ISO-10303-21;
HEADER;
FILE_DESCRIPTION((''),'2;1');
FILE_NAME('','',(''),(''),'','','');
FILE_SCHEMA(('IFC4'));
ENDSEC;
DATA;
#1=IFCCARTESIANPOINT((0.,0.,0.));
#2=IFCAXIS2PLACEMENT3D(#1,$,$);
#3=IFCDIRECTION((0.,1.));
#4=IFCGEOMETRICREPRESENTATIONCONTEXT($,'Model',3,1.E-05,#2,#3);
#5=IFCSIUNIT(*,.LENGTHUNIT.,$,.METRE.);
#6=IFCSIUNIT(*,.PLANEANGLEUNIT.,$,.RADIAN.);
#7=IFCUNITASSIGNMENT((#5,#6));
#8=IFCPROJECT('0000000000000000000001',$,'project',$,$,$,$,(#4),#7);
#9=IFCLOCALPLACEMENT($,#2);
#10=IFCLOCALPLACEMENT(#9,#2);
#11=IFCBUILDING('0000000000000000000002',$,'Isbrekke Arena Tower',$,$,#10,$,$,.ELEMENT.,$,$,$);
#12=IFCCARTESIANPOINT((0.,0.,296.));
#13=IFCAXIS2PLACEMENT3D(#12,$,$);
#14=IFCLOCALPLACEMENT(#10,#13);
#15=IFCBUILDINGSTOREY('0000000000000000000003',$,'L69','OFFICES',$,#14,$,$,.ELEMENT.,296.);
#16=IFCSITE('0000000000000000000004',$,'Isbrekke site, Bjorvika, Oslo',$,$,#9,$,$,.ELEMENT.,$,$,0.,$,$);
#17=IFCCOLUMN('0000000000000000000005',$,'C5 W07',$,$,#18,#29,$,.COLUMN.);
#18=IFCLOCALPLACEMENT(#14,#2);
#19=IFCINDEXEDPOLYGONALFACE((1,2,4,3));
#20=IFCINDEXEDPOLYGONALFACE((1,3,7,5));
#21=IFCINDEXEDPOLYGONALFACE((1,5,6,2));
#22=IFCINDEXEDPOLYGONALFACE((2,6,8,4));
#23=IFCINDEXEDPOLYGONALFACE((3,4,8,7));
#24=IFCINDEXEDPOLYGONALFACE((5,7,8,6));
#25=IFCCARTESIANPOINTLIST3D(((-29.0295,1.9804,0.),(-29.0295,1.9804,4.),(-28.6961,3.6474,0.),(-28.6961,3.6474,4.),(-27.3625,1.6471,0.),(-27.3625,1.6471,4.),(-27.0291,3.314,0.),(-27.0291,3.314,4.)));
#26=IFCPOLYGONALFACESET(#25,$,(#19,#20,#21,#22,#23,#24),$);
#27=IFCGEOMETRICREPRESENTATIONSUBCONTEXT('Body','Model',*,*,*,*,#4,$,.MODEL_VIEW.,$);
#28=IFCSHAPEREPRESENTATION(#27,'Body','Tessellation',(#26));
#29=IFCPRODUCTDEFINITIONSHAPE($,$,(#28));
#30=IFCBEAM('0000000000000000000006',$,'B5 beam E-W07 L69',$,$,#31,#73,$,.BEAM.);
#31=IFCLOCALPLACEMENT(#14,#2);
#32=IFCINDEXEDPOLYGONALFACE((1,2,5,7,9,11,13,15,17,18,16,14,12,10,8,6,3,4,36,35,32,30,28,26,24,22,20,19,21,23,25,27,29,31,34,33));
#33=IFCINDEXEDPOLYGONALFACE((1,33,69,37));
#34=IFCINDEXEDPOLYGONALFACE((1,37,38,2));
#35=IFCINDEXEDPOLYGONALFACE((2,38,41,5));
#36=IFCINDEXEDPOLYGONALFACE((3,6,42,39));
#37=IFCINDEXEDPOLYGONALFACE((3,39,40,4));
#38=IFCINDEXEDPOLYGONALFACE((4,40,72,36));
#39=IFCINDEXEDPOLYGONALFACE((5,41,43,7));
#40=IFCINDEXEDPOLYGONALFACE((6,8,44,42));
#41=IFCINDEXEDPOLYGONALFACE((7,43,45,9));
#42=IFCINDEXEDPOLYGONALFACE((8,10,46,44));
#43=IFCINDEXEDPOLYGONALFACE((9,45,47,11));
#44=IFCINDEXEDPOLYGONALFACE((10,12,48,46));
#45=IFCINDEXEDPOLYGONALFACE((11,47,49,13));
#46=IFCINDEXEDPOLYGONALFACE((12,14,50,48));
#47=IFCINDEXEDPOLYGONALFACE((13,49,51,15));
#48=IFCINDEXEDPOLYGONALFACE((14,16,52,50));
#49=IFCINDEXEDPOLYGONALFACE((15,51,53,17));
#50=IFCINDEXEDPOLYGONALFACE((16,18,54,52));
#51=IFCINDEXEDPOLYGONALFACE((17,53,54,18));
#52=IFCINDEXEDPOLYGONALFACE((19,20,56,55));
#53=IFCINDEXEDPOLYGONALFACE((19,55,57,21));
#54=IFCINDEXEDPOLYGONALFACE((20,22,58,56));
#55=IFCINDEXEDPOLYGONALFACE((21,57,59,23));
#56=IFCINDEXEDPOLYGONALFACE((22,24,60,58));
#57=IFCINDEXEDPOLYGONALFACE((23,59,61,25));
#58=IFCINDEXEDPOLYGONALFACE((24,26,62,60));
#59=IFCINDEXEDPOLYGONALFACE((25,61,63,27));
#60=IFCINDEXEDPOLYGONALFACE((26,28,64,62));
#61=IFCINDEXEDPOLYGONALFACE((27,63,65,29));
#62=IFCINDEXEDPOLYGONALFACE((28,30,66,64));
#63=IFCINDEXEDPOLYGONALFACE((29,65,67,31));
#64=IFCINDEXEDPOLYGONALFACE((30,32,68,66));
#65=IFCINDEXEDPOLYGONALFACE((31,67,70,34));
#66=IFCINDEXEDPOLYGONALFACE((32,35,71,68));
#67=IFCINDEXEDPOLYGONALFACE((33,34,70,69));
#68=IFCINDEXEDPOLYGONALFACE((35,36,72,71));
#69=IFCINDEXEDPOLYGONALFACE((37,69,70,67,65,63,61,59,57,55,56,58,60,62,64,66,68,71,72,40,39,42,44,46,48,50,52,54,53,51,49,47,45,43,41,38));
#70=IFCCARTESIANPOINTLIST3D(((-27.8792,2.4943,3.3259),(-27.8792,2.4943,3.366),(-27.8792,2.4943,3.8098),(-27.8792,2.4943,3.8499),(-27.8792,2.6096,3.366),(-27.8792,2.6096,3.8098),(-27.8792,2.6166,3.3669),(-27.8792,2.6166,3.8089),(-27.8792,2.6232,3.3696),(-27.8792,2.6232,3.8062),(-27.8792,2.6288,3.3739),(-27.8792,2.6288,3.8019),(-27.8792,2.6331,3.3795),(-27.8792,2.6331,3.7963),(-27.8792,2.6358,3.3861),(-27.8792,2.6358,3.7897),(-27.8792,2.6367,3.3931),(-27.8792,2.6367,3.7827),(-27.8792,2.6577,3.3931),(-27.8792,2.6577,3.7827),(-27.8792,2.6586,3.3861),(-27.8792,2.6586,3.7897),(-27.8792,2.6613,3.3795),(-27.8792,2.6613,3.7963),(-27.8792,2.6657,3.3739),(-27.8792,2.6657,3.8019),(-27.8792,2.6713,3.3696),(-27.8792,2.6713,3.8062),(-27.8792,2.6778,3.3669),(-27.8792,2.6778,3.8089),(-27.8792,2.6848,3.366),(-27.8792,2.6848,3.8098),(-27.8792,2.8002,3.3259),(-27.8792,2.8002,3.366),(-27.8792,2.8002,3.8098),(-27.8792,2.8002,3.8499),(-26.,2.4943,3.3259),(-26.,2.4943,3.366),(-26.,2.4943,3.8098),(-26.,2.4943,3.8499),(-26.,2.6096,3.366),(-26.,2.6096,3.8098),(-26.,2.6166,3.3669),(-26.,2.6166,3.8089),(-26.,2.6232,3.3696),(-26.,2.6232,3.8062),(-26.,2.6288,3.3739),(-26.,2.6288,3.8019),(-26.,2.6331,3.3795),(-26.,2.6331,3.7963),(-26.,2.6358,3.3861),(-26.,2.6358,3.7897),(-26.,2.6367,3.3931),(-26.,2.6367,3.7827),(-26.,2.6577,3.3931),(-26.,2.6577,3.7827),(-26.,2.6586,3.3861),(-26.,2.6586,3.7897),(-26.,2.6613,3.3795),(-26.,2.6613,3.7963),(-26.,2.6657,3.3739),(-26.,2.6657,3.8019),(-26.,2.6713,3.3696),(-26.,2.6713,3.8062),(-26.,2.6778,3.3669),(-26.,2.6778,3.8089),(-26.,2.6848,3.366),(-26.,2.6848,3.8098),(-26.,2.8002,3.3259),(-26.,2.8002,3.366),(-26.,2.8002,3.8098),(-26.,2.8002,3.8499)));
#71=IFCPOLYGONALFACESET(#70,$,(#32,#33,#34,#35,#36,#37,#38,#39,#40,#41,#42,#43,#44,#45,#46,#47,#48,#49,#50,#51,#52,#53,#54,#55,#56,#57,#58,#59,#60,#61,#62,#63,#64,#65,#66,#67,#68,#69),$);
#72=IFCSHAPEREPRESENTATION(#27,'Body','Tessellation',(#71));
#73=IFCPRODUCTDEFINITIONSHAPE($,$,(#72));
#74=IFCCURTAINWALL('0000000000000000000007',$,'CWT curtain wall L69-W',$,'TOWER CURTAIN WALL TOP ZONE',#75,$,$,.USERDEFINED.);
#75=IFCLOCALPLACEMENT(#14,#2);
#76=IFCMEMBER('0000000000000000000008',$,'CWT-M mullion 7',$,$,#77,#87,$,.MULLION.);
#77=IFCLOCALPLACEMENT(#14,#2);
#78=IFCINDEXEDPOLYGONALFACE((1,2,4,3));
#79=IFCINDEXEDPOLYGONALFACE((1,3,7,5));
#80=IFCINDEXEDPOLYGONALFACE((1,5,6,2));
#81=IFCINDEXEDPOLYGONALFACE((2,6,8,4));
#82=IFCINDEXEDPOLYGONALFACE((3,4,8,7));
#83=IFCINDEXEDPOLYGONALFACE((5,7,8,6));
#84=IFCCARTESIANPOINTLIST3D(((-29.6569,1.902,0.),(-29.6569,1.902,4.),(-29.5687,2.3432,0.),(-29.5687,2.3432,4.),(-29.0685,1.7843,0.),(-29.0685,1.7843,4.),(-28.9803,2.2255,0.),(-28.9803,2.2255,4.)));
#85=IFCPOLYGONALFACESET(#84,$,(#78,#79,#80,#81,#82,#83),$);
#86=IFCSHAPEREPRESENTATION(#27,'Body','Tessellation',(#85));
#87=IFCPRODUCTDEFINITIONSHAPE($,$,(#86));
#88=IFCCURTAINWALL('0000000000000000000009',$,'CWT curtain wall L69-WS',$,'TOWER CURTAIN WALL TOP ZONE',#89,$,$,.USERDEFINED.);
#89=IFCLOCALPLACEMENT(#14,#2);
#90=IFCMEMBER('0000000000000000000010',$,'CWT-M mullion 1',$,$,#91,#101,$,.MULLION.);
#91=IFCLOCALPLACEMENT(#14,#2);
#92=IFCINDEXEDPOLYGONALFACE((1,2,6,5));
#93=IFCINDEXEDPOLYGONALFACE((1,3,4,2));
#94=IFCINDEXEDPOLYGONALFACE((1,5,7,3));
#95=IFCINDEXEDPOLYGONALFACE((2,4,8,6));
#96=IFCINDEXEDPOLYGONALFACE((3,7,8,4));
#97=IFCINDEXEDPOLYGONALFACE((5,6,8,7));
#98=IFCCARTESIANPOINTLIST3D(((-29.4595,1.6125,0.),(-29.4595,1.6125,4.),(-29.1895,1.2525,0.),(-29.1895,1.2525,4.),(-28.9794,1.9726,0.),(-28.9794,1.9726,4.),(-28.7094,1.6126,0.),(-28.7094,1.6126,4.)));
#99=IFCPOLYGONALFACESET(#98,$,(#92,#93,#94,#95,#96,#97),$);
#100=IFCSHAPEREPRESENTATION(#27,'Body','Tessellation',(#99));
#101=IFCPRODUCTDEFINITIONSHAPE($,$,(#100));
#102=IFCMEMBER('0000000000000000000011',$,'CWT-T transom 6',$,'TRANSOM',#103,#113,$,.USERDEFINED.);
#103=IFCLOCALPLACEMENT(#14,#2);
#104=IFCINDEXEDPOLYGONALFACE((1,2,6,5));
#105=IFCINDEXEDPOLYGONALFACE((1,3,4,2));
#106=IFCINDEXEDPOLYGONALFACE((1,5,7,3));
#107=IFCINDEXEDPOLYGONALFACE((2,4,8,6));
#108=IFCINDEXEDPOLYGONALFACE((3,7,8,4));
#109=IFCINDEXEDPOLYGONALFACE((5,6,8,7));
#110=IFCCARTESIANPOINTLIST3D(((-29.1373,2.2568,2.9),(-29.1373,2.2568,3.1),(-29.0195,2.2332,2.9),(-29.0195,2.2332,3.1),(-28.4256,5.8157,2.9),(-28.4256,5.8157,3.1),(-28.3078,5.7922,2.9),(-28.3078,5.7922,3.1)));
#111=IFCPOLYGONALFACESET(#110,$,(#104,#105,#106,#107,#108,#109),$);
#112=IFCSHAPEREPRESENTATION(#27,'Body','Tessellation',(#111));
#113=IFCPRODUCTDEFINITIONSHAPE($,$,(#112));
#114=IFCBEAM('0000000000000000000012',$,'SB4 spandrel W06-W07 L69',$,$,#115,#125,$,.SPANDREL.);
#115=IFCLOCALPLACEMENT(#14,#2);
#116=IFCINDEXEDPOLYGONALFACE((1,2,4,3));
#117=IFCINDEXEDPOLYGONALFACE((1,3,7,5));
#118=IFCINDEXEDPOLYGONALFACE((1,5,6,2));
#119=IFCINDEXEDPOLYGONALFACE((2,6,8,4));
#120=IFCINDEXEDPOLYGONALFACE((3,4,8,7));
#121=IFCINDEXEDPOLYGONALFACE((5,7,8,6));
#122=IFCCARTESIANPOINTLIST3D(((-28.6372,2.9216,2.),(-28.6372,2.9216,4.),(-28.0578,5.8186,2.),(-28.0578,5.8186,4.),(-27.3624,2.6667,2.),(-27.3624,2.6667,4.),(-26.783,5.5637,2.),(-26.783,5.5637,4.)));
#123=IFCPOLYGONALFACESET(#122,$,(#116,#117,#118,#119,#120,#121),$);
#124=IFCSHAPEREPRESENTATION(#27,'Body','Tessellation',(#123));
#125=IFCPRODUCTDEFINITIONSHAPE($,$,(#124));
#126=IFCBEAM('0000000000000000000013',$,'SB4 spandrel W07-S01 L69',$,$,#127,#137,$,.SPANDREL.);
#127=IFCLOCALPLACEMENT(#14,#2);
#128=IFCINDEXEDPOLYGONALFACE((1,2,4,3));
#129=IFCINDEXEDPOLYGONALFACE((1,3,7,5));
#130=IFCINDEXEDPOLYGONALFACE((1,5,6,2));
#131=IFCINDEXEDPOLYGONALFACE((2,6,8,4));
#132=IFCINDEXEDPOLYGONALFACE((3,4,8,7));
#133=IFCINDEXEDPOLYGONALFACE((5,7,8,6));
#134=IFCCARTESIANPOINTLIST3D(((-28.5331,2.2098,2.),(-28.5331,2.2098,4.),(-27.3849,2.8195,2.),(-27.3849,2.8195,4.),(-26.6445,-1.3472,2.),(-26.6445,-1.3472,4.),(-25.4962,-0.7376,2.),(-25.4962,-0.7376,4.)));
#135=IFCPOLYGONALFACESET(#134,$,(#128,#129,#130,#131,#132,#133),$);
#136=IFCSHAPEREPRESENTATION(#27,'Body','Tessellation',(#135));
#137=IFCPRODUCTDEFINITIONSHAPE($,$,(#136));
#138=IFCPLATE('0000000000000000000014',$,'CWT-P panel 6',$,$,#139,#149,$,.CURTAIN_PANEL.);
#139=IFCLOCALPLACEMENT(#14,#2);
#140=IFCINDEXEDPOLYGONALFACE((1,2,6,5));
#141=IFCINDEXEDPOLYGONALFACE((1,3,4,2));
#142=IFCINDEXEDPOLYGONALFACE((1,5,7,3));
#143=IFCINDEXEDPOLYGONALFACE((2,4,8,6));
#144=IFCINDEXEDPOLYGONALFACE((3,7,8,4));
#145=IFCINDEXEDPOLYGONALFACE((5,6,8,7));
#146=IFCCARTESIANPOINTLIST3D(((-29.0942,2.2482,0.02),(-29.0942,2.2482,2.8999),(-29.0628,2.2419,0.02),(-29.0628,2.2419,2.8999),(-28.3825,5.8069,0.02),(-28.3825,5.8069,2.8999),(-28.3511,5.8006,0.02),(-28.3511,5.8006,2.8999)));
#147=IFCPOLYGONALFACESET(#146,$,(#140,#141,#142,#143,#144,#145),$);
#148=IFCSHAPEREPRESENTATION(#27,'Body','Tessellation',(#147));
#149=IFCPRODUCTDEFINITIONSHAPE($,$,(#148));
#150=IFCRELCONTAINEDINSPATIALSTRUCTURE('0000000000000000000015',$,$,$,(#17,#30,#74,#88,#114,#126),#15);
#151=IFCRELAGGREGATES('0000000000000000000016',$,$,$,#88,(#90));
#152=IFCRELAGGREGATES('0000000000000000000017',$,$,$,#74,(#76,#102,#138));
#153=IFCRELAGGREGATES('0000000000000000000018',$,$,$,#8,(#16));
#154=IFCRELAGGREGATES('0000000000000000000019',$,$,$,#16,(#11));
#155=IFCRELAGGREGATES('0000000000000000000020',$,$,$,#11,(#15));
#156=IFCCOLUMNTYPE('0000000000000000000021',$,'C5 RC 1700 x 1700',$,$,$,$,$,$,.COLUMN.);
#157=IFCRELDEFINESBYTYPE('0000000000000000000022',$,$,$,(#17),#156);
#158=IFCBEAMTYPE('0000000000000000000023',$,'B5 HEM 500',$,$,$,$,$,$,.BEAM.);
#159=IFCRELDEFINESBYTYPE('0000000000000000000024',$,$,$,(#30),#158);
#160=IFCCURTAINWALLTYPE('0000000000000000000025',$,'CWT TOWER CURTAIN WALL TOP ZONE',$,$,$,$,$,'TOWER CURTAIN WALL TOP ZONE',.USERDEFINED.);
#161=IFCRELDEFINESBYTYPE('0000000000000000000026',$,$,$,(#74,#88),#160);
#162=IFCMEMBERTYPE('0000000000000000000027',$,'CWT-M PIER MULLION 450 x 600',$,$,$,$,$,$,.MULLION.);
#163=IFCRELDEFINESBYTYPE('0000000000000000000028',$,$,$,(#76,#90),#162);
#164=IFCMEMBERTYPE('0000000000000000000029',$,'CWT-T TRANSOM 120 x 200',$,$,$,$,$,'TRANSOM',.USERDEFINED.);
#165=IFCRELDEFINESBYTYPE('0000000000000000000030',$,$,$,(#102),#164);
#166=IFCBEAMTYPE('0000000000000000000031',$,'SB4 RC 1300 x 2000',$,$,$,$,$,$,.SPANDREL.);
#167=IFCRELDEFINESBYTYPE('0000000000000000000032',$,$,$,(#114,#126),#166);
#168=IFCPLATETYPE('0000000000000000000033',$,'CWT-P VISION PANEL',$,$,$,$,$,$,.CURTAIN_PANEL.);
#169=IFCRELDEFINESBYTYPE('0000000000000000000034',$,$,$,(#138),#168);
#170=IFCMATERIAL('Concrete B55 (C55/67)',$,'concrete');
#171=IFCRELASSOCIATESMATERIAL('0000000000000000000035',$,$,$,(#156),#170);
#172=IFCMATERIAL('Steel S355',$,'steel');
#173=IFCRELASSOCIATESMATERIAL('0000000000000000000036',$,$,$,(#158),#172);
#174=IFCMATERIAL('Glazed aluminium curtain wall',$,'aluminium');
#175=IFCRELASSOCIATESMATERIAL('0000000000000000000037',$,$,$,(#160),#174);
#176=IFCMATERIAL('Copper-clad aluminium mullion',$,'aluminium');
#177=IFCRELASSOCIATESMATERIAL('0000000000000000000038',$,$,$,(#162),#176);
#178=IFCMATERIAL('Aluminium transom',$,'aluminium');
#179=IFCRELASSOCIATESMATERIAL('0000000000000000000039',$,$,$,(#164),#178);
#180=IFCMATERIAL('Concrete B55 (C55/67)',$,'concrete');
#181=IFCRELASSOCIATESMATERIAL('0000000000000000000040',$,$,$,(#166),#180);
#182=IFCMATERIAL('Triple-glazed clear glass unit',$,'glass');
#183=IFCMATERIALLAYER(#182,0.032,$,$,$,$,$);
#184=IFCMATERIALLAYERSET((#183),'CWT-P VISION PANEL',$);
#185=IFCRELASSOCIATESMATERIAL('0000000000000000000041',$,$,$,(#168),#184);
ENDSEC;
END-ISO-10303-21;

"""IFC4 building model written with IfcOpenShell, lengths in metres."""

from ifc_helpers import new_model, si_unit, direction, frame, origin, origin_2d, place, context, subcontext, project, spatial, rectangle, i_section, extrude, material, layer, layer_set, material_profile, profile_set, type_object, element, aggregate, save


model = new_model("IFC4")

# Units and contexts
model_context = context("Model", 3, precision=1e-05, world=origin(), true_north=direction((0.0, 1.0)))
body_context = subcontext(model_context, "Body", "Model", "MODEL_VIEW")
ifc_project = project(units=[si_unit("LENGTHUNIT", "METRE"), si_unit("PLANEANGLEUNIT", "RADIAN")], contexts=[model_context])

# Site, building, storey
site_placement = place(None, origin())
site = spatial("IfcSite", under=ifc_project, at=site_placement, Name="Isbrekke site, Bjorvika, Oslo", CompositionType="ELEMENT", RefElevation=0.0)
building_placement = place(site_placement, origin())
building = spatial("IfcBuilding", under=site, at=building_placement, Name="Isbrekke Arena Tower", CompositionType="ELEMENT")
storey_placement = place(building_placement, frame((0.0, 0.0, 296.0)))
storey = spatial("IfcBuildingStorey", under=building, at=storey_placement, Name="L69", Description="OFFICES", CompositionType="ELEMENT", Elevation=296.0)

# Column
ifc_material_1 = material(Name="Concrete B55 (C55/67)", Category="concrete")
ifc_material_profile_1 = material_profile(ifc_material_1, rectangle(XDim=1.7, YDim=1.7, at=origin_2d()), Name="RC 1700x1700")
ifc_profile_set_1 = profile_set([ifc_material_profile_1], Name="Concrete B55 (C55/67)")
column_type = type_object("IfcColumnType", Name="C5 RC 1700 x 1700", PredefinedType="COLUMN", material=ifc_profile_set_1)
column_placement = place(storey_placement, frame((-28.0293, 2.6472, 0.0), z_axis=(0.0, 0.0, 1.0), x_axis=(-0.196116, -0.980581, 0.0)))
element("IfcColumn", 1, at=column_placement, inside=storey, type_object=column_type, Name="C5 W07", PredefinedType="COLUMN", context=body_context, shape_type="SweptSolid", body=[
    extrude(rectangle(XDim=1.7, YDim=1.7, at=origin_2d()), origin(), (0.0, 0.0, 1.0), 4.0),
])

# Beam
ifc_material_2 = material(Name="Steel S355", Category="steel")
ifc_material_profile_2 = material_profile(ifc_material_2, i_section(OverallWidth=0.3059, OverallDepth=0.5239, WebThickness=0.021, FlangeThickness=0.04, FilletRadius=0.0271, at=origin_2d()), Name="HEM 500")
ifc_profile_set_2 = profile_set([ifc_material_profile_2], Name="Steel S355")
beam_type_1 = type_object("IfcBeamType", Name="B5 HEM 500", PredefinedType="BEAM", material=ifc_profile_set_2)
beam_1_placement = place(storey_placement, frame((-27.8792, 2.6472, 3.5879), z_axis=(1.0, 0.0, 0.0), x_axis=(0.0, 1.0, 0.0)))
element("IfcBeam", 2, at=beam_1_placement, inside=storey, type_object=beam_type_1, Name="B5 beam E-W07 L69", PredefinedType="BEAM", context=body_context, shape_type="SweptSolid", body=[
    extrude(i_section(OverallWidth=0.3059, OverallDepth=0.5239, WebThickness=0.021, FlangeThickness=0.04, FilletRadius=0.0271, at=origin_2d()), origin(), (0.0, 0.0, 1.0), 1.8792),
])

# Curtain walls, members
ifc_material_3 = material(Name="Glazed aluminium curtain wall", Category="aluminium")
curtain_wall_type = type_object("IfcCurtainWallType", Name="CWT TOWER CURTAIN WALL TOP ZONE", ElementType="TOWER CURTAIN WALL TOP ZONE", PredefinedType="USERDEFINED", material=ifc_material_3)
curtain_wall_1_placement = place(storey_placement, origin())
curtain_wall_1 = element("IfcCurtainWall", 3, at=curtain_wall_1_placement, inside=storey, type_object=curtain_wall_type, Name="CWT curtain wall L69-W", ObjectType="TOWER CURTAIN WALL TOP ZONE", PredefinedType="USERDEFINED")
ifc_material_4 = material(Name="Copper-clad aluminium mullion", Category="aluminium")
ifc_material_profile_3 = material_profile(ifc_material_4, rectangle(XDim=0.45, YDim=0.6001, at=origin_2d()), Name="PIER 450X600")
ifc_profile_set_3 = profile_set([ifc_material_profile_3], Name="Copper-clad aluminium mullion")
member_type_1 = type_object("IfcMemberType", Name="CWT-M PIER MULLION 450 x 600", PredefinedType="MULLION", material=ifc_profile_set_3)
member_1_placement = place(storey_placement, frame((-29.3186, 2.0637, 0.0), z_axis=(0.0, 0.0, 1.0), x_axis=(-0.196116, -0.980581, 0.0)))
member_1 = element("IfcMember", 4, at=member_1_placement, type_object=member_type_1, Name="CWT-M mullion 7", PredefinedType="MULLION", context=body_context, shape_type="SweptSolid", body=[
    extrude(rectangle(XDim=0.45, YDim=0.6001, at=origin_2d()), origin(), (0.0, 0.0, 1.0), 4.0),
])
curtain_wall_2_placement = place(storey_placement, origin())
curtain_wall_2 = element("IfcCurtainWall", 5, at=curtain_wall_2_placement, inside=storey, type_object=curtain_wall_type, Name="CWT curtain wall L69-WS", ObjectType="TOWER CURTAIN WALL TOP ZONE", PredefinedType="USERDEFINED")
member_2_placement = place(storey_placement, frame((-29.0845, 1.6125, 0.0), z_axis=(0.0, 0.0, 1.0), x_axis=(0.6, -0.8, 0.0)))
member_2 = element("IfcMember", 6, at=member_2_placement, type_object=member_type_1, Name="CWT-M mullion 1", PredefinedType="MULLION", context=body_context, shape_type="SweptSolid", body=[
    extrude(rectangle(XDim=0.45, YDim=0.6001, at=origin_2d()), origin(), (0.0, 0.0, 1.0), 4.0),
])
aggregate(curtain_wall_2, [member_2])

# Member
ifc_material_5 = material(Name="Aluminium transom", Category="aluminium")
ifc_material_profile_4 = material_profile(ifc_material_5, rectangle(XDim=0.1201, YDim=0.2, at=origin_2d()), Name="TRANSOM 120X200")
ifc_profile_set_4 = profile_set([ifc_material_profile_4], Name="Aluminium transom")
member_type_2 = type_object("IfcMemberType", Name="CWT-T TRANSOM 120 x 200", ElementType="TRANSOM", PredefinedType="USERDEFINED", material=ifc_profile_set_4)
member_3_placement = place(storey_placement, frame((-28.3667, 5.804, 3.0), z_axis=(-0.19609, -0.980586, 0.0), x_axis=(0.980586, -0.19609, 0.0)))
member_3 = element("IfcMember", 7, at=member_3_placement, type_object=member_type_2, Name="CWT-T transom 6", ObjectType="TRANSOM", PredefinedType="USERDEFINED", context=body_context, shape_type="SweptSolid", body=[
    extrude(rectangle(XDim=0.1201, YDim=0.2, at=origin_2d()), origin(), (0.0, 0.0, 1.0), 3.6294),
])

# Beams
ifc_material_6 = material(Name="Concrete B55 (C55/67)", Category="concrete")
ifc_material_profile_5 = material_profile(ifc_material_6, rectangle(XDim=1.3, YDim=2.0, at=origin_2d()), Name="RC 1300x2000")
ifc_profile_set_5 = profile_set([ifc_material_profile_5], Name="Concrete B55 (C55/67)")
beam_type_2 = type_object("IfcBeamType", Name="SB4 RC 1300 x 2000", PredefinedType="SPANDREL", material=ifc_profile_set_5)
beam_2_placement = place(storey_placement, frame((-27.4204, 5.6912, 3.0), z_axis=(-0.1961, -0.980584, 0.0), x_axis=(0.980584, -0.1961, 0.0)))
element("IfcBeam", 8, at=beam_2_placement, inside=storey, type_object=beam_type_2, Name="SB4 spandrel W06-W07 L69", PredefinedType="SPANDREL", context=body_context, shape_type="SweptSolid", body=[
    extrude(rectangle(XDim=1.3, YDim=2.0, at=origin_2d()), origin(), (0.0, 0.0, 1.0), 2.9543),
])
beam_3_placement = place(storey_placement, frame((-27.959, 2.5146, 3.0), z_axis=(0.468951, -0.883224, 0.0), x_axis=(0.883224, 0.468951, 0.0)))
element("IfcBeam", 9, at=beam_3_placement, inside=storey, type_object=beam_type_2, Name="SB4 spandrel W07-S01 L69", PredefinedType="SPANDREL", context=body_context, shape_type="SweptSolid", body=[
    extrude(rectangle(XDim=1.3, YDim=2.0, at=origin_2d()), origin(), (0.0, 0.0, 1.0), 4.0273),
])

# Plate
ifc_material_7 = material(Name="Triple-glazed clear glass unit", Category="glass")
ifc_layer_1 = layer(ifc_material_7, 0.032)
ifc_layer_set_1 = layer_set([ifc_layer_1], Name="CWT-P VISION PANEL")
plate_type = type_object("IfcPlateType", Name="CWT-P VISION PANEL", PredefinedType="CURTAIN_PANEL", material=ifc_layer_set_1)
plate_placement = place(storey_placement, frame((-28.7227, 4.0244, 0.02), z_axis=(0.0, 0.0, 1.0), x_axis=(-0.196116, -0.980581, 0.0)))
plate = element("IfcPlate", 10, at=plate_placement, type_object=plate_type, Name="CWT-P panel 6", PredefinedType="CURTAIN_PANEL", context=body_context, shape_type="SweptSolid", body=[
    extrude(rectangle(XDim=3.6292, YDim=0.032, at=origin_2d()), origin(), (0.0, 0.0, 1.0), 2.8799),
])
aggregate(curtain_wall_1, [member_1, member_3, plate])

save(model, "model.ifc")
